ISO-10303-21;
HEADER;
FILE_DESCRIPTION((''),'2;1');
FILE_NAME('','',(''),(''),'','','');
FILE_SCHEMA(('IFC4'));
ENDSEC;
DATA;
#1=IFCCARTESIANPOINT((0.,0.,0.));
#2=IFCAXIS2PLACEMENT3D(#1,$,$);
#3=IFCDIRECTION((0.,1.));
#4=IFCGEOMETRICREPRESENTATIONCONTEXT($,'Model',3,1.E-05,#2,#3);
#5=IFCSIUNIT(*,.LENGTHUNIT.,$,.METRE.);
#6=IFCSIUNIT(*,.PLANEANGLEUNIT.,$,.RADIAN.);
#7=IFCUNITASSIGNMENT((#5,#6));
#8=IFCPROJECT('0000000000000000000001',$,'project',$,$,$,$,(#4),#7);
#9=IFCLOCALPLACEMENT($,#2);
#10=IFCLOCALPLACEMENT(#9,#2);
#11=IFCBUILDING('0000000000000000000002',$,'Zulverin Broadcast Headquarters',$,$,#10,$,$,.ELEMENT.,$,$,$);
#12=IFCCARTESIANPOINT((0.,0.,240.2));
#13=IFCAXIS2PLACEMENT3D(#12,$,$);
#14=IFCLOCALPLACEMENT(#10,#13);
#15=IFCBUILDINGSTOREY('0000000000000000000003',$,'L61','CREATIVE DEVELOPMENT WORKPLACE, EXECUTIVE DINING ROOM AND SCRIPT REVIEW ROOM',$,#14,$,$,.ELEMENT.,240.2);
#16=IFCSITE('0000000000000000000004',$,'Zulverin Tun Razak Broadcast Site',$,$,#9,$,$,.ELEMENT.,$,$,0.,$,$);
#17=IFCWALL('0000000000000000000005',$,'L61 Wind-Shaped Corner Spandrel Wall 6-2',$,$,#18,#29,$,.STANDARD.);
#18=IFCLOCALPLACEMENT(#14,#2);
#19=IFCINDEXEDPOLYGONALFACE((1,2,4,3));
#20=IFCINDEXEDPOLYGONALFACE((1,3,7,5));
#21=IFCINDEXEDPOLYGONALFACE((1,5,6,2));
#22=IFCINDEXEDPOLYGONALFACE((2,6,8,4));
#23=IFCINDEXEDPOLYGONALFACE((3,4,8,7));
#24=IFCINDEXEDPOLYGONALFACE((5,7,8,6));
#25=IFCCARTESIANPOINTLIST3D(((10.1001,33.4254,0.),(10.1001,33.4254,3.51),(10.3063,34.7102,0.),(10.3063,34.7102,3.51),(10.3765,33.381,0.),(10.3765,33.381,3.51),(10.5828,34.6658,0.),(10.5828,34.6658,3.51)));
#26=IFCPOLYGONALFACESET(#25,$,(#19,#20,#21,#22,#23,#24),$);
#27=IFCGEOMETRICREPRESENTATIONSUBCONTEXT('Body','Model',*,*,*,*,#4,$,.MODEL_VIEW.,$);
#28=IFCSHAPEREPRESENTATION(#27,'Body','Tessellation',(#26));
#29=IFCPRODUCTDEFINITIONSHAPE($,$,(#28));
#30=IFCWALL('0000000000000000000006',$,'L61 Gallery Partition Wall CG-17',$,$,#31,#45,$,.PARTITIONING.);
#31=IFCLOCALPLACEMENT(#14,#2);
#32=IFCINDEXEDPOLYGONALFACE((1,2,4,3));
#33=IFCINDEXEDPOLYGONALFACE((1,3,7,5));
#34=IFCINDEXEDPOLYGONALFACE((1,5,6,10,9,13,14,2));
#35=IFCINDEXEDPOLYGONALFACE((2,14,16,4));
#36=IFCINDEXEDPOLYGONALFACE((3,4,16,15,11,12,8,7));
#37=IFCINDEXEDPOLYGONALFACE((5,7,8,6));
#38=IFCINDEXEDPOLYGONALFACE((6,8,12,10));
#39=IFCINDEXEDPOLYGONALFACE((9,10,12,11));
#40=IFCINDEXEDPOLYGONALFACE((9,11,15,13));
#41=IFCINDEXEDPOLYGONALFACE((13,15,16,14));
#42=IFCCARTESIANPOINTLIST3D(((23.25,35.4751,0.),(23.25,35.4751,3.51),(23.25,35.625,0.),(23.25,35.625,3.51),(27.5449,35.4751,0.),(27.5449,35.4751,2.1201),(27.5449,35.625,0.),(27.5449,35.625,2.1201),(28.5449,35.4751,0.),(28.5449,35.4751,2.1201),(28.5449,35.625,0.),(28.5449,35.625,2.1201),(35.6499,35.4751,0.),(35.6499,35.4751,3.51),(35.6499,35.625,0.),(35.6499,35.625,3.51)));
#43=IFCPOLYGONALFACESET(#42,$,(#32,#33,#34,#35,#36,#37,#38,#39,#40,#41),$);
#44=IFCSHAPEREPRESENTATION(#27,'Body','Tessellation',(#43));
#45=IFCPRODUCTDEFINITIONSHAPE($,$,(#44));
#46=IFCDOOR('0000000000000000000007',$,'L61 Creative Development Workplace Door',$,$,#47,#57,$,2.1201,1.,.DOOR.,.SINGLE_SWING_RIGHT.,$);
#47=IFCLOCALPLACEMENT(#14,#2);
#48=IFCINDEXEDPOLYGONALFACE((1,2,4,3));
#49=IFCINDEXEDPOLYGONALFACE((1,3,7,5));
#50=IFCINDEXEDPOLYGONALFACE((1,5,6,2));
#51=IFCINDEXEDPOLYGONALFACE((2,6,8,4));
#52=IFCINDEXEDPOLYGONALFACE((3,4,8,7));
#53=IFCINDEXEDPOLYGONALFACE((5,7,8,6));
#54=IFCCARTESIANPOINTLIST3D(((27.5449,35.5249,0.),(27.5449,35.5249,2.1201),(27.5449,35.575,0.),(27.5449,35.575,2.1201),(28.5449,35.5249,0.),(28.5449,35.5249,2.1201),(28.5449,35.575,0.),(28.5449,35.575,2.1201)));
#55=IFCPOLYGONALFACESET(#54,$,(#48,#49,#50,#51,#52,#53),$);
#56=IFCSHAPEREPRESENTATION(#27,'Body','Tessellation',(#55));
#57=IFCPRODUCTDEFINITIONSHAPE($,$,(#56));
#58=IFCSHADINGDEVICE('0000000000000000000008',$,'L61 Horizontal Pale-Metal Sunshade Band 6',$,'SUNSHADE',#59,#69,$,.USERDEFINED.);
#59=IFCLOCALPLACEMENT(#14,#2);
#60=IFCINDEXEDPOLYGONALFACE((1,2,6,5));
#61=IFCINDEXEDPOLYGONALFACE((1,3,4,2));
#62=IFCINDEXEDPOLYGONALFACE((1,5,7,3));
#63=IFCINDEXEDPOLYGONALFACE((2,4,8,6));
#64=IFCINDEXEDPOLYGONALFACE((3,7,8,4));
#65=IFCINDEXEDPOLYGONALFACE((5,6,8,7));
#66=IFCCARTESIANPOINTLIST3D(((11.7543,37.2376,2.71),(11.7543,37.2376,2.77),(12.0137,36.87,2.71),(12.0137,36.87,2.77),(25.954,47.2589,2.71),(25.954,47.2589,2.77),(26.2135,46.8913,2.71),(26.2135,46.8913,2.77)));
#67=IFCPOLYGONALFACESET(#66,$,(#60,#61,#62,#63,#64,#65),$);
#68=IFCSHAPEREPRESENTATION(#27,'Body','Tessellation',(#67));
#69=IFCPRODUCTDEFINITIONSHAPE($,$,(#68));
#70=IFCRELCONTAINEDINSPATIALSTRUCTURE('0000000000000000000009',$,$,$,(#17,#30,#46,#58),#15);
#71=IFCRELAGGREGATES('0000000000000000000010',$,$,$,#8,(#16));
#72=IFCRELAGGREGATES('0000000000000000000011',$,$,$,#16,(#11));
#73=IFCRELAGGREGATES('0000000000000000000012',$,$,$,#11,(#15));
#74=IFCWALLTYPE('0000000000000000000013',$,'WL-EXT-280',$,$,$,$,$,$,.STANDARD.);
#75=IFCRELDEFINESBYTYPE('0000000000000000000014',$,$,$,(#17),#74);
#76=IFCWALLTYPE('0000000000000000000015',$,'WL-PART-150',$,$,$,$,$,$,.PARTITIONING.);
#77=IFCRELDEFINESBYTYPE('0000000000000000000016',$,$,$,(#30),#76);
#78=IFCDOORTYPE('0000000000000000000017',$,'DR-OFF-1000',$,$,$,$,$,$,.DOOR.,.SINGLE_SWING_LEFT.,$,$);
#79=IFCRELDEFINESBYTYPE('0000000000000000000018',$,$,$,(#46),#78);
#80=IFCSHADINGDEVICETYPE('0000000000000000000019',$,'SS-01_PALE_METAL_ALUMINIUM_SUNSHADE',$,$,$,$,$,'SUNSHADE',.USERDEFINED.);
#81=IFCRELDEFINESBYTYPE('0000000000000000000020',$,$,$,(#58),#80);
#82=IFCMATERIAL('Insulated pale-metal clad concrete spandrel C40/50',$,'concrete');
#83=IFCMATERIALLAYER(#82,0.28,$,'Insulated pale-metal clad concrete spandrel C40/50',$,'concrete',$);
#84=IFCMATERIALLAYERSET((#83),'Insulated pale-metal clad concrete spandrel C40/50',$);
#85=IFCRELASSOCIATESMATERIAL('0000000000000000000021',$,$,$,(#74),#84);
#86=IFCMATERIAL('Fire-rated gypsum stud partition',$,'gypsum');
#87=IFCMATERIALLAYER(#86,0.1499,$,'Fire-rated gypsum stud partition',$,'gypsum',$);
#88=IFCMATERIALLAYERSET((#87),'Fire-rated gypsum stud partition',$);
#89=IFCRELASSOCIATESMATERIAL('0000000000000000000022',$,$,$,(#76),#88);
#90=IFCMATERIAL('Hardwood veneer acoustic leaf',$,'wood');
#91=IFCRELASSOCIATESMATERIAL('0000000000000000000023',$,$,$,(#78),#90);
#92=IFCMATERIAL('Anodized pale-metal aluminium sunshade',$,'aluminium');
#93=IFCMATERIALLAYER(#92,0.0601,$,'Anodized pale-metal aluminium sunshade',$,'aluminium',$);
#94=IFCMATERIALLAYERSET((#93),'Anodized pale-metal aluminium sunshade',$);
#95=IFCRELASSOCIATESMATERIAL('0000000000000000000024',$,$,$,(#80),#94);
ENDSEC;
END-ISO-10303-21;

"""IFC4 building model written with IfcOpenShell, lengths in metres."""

from ifc_helpers import new_model, si_unit, direction, frame, frame_2d, origin, origin_2d, place, context, subcontext, project, spatial, rectangle, extrude, material, layer, layer_set, type_object, element, fill, save


model = new_model("IFC4")

# Units and contexts
model_context = context("Model", 3, precision=1e-05, world=origin(), true_north=direction((0.0, 1.0)))
body_context = subcontext(model_context, "Body", "Model", "MODEL_VIEW")
ifc_project = project(units=[si_unit("LENGTHUNIT", "METRE"), si_unit("PLANEANGLEUNIT", "RADIAN")], contexts=[model_context])

# Site, building, storey
site_placement = place(None, origin())
site = spatial("IfcSite", under=ifc_project, at=site_placement, Name="Zulverin Tun Razak Broadcast Site", CompositionType="ELEMENT", RefElevation=0.0)
building_placement = place(site_placement, origin())
building = spatial("IfcBuilding", under=site, at=building_placement, Name="Zulverin Broadcast Headquarters", CompositionType="ELEMENT")
storey_placement = place(building_placement, frame((0.0, 0.0, 240.2)))
storey = spatial("IfcBuildingStorey", under=building, at=storey_placement, Name="L61", Description="CREATIVE DEVELOPMENT WORKPLACE, EXECUTIVE DINING ROOM AND SCRIPT REVIEW ROOM", CompositionType="ELEMENT", Elevation=240.2)

# Shared definitions
ifc_material_1 = material(Name="Insulated pale-metal clad concrete spandrel C40/50", Category="concrete")
ifc_layer_1 = layer(ifc_material_1, 0.28, Name="Insulated pale-metal clad concrete spandrel C40/50", Category="concrete")
ifc_layer_set_1 = layer_set([ifc_layer_1], Name="Insulated pale-metal clad concrete spandrel C40/50")
wall_type_1 = type_object("IfcWallType", Name="WL-EXT-280", PredefinedType="STANDARD", material=ifc_layer_set_1)

# Wall
wall_1_placement = place(storey_placement, frame((10.4446, 34.688, 0.0), z_axis=(0.0, 0.0, 1.0), x_axis=(-0.158525, -0.987355, 0.0)))
element("IfcWall", 1, at=wall_1_placement, inside=storey, type_object=wall_type_1, Name="L61 Wind-Shaped Corner Spandrel Wall 6-2", PredefinedType="STANDARD", context=body_context, shape_type="SweptSolid", body=[
    extrude(rectangle(XDim=1.3013, YDim=0.28, at=frame_2d((0.6506, 0.0))), origin(), (0.0, 0.0, 1.0), 3.51),
])

# Wall, opening, door
ifc_material_2 = material(Name="Fire-rated gypsum stud partition", Category="gypsum")
ifc_layer_2 = layer(ifc_material_2, 0.1499, Name="Fire-rated gypsum stud partition", Category="gypsum")
ifc_layer_set_2 = layer_set([ifc_layer_2], Name="Fire-rated gypsum stud partition")
wall_type_2 = type_object("IfcWallType", Name="WL-PART-150", PredefinedType="PARTITIONING", material=ifc_layer_set_2)
wall_2_placement = place(storey_placement, frame((23.25, 35.55, 0.0), z_axis=(0.0, 0.0, 1.0), x_axis=(1.0, 0.0, 0.0)))
wall_2 = element("IfcWall", 2, at=wall_2_placement, inside=storey, type_object=wall_type_2, Name="L61 Gallery Partition Wall CG-17", PredefinedType="PARTITIONING", context=body_context, shape_type="SweptSolid", body=[
    extrude(rectangle(XDim=12.3999, YDim=0.1499, at=frame_2d((6.2, 0.0))), origin(), (0.0, 0.0, 1.0), 3.51),
])
opening_1_placement = place(wall_2_placement, frame((4.2949, 0.0, 0.0)))
opening_1 = element("IfcOpeningElement", 3, at=opening_1_placement, cuts=wall_2, PredefinedType="OPENING", context=body_context, shape_type="SweptSolid", body=[
    extrude(rectangle(XDim=1.0, YDim=2.1201, at=frame_2d((0.5, 1.0601))), frame((0.0, 0.085, 0.0), z_axis=(0.0, -1.0, 0.0), x_axis=(1.0, 0.0, 0.0)), (0.0, 0.0, 1.0), 0.1699),
])
ifc_material_3 = material(Name="Hardwood veneer acoustic leaf", Category="wood")
door_type_1 = type_object("IfcDoorType", Name="DR-OFF-1000", OperationType="SINGLE_SWING_LEFT", PredefinedType="DOOR", material=ifc_material_3)
door_1_placement = place(opening_1_placement, origin())
door_1 = element("IfcDoor", 4, at=door_1_placement, inside=storey, type_object=door_type_1, Name="L61 Creative Development Workplace Door", OperationType="SINGLE_SWING_RIGHT", OverallHeight=2.1201, OverallWidth=1.0, PredefinedType="DOOR", context=body_context, shape_type="SweptSolid", body=[
    extrude(rectangle(XDim=1.0, YDim=2.1201, at=frame_2d((0.5, 1.0601))), frame((0.0, 0.0249, 0.0), z_axis=(0.0, -1.0, 0.0), x_axis=(1.0, 0.0, 0.0)), (0.0, 0.0, 1.0), 0.05),
])
fill(opening_1, door_1)

# Shading device
ifc_material_4 = material(Name="Anodized pale-metal aluminium sunshade", Category="aluminium")
ifc_layer_3 = layer(ifc_material_4, 0.0601, Name="Anodized pale-metal aluminium sunshade", Category="aluminium")
ifc_layer_set_3 = layer_set([ifc_layer_3], Name="Anodized pale-metal aluminium sunshade")
shading_device_type = type_object("IfcShadingDeviceType", Name="SS-01_PALE_METAL_ALUMINIUM_SUNSHADE", ElementType="SUNSHADE", PredefinedType="USERDEFINED", material=ifc_layer_set_3)
shading_device_placement = place(storey_placement, frame((18.9839, 42.0645, 2.71), z_axis=(0.0, 0.0, 1.0), x_axis=(-0.817023, -0.576605, 0.0)))
element("IfcShadingDevice", 5, at=shading_device_placement, inside=storey, type_object=shading_device_type, Name="L61 Horizontal Pale-Metal Sunshade Band 6", ObjectType="SUNSHADE", PredefinedType="USERDEFINED", context=body_context, shape_type="SweptSolid", body=[
    extrude(rectangle(XDim=17.3799, YDim=0.45, at=origin_2d()), origin(), (0.0, 0.0, 1.0), 0.0601),
])

save(model, "model.ifc")
